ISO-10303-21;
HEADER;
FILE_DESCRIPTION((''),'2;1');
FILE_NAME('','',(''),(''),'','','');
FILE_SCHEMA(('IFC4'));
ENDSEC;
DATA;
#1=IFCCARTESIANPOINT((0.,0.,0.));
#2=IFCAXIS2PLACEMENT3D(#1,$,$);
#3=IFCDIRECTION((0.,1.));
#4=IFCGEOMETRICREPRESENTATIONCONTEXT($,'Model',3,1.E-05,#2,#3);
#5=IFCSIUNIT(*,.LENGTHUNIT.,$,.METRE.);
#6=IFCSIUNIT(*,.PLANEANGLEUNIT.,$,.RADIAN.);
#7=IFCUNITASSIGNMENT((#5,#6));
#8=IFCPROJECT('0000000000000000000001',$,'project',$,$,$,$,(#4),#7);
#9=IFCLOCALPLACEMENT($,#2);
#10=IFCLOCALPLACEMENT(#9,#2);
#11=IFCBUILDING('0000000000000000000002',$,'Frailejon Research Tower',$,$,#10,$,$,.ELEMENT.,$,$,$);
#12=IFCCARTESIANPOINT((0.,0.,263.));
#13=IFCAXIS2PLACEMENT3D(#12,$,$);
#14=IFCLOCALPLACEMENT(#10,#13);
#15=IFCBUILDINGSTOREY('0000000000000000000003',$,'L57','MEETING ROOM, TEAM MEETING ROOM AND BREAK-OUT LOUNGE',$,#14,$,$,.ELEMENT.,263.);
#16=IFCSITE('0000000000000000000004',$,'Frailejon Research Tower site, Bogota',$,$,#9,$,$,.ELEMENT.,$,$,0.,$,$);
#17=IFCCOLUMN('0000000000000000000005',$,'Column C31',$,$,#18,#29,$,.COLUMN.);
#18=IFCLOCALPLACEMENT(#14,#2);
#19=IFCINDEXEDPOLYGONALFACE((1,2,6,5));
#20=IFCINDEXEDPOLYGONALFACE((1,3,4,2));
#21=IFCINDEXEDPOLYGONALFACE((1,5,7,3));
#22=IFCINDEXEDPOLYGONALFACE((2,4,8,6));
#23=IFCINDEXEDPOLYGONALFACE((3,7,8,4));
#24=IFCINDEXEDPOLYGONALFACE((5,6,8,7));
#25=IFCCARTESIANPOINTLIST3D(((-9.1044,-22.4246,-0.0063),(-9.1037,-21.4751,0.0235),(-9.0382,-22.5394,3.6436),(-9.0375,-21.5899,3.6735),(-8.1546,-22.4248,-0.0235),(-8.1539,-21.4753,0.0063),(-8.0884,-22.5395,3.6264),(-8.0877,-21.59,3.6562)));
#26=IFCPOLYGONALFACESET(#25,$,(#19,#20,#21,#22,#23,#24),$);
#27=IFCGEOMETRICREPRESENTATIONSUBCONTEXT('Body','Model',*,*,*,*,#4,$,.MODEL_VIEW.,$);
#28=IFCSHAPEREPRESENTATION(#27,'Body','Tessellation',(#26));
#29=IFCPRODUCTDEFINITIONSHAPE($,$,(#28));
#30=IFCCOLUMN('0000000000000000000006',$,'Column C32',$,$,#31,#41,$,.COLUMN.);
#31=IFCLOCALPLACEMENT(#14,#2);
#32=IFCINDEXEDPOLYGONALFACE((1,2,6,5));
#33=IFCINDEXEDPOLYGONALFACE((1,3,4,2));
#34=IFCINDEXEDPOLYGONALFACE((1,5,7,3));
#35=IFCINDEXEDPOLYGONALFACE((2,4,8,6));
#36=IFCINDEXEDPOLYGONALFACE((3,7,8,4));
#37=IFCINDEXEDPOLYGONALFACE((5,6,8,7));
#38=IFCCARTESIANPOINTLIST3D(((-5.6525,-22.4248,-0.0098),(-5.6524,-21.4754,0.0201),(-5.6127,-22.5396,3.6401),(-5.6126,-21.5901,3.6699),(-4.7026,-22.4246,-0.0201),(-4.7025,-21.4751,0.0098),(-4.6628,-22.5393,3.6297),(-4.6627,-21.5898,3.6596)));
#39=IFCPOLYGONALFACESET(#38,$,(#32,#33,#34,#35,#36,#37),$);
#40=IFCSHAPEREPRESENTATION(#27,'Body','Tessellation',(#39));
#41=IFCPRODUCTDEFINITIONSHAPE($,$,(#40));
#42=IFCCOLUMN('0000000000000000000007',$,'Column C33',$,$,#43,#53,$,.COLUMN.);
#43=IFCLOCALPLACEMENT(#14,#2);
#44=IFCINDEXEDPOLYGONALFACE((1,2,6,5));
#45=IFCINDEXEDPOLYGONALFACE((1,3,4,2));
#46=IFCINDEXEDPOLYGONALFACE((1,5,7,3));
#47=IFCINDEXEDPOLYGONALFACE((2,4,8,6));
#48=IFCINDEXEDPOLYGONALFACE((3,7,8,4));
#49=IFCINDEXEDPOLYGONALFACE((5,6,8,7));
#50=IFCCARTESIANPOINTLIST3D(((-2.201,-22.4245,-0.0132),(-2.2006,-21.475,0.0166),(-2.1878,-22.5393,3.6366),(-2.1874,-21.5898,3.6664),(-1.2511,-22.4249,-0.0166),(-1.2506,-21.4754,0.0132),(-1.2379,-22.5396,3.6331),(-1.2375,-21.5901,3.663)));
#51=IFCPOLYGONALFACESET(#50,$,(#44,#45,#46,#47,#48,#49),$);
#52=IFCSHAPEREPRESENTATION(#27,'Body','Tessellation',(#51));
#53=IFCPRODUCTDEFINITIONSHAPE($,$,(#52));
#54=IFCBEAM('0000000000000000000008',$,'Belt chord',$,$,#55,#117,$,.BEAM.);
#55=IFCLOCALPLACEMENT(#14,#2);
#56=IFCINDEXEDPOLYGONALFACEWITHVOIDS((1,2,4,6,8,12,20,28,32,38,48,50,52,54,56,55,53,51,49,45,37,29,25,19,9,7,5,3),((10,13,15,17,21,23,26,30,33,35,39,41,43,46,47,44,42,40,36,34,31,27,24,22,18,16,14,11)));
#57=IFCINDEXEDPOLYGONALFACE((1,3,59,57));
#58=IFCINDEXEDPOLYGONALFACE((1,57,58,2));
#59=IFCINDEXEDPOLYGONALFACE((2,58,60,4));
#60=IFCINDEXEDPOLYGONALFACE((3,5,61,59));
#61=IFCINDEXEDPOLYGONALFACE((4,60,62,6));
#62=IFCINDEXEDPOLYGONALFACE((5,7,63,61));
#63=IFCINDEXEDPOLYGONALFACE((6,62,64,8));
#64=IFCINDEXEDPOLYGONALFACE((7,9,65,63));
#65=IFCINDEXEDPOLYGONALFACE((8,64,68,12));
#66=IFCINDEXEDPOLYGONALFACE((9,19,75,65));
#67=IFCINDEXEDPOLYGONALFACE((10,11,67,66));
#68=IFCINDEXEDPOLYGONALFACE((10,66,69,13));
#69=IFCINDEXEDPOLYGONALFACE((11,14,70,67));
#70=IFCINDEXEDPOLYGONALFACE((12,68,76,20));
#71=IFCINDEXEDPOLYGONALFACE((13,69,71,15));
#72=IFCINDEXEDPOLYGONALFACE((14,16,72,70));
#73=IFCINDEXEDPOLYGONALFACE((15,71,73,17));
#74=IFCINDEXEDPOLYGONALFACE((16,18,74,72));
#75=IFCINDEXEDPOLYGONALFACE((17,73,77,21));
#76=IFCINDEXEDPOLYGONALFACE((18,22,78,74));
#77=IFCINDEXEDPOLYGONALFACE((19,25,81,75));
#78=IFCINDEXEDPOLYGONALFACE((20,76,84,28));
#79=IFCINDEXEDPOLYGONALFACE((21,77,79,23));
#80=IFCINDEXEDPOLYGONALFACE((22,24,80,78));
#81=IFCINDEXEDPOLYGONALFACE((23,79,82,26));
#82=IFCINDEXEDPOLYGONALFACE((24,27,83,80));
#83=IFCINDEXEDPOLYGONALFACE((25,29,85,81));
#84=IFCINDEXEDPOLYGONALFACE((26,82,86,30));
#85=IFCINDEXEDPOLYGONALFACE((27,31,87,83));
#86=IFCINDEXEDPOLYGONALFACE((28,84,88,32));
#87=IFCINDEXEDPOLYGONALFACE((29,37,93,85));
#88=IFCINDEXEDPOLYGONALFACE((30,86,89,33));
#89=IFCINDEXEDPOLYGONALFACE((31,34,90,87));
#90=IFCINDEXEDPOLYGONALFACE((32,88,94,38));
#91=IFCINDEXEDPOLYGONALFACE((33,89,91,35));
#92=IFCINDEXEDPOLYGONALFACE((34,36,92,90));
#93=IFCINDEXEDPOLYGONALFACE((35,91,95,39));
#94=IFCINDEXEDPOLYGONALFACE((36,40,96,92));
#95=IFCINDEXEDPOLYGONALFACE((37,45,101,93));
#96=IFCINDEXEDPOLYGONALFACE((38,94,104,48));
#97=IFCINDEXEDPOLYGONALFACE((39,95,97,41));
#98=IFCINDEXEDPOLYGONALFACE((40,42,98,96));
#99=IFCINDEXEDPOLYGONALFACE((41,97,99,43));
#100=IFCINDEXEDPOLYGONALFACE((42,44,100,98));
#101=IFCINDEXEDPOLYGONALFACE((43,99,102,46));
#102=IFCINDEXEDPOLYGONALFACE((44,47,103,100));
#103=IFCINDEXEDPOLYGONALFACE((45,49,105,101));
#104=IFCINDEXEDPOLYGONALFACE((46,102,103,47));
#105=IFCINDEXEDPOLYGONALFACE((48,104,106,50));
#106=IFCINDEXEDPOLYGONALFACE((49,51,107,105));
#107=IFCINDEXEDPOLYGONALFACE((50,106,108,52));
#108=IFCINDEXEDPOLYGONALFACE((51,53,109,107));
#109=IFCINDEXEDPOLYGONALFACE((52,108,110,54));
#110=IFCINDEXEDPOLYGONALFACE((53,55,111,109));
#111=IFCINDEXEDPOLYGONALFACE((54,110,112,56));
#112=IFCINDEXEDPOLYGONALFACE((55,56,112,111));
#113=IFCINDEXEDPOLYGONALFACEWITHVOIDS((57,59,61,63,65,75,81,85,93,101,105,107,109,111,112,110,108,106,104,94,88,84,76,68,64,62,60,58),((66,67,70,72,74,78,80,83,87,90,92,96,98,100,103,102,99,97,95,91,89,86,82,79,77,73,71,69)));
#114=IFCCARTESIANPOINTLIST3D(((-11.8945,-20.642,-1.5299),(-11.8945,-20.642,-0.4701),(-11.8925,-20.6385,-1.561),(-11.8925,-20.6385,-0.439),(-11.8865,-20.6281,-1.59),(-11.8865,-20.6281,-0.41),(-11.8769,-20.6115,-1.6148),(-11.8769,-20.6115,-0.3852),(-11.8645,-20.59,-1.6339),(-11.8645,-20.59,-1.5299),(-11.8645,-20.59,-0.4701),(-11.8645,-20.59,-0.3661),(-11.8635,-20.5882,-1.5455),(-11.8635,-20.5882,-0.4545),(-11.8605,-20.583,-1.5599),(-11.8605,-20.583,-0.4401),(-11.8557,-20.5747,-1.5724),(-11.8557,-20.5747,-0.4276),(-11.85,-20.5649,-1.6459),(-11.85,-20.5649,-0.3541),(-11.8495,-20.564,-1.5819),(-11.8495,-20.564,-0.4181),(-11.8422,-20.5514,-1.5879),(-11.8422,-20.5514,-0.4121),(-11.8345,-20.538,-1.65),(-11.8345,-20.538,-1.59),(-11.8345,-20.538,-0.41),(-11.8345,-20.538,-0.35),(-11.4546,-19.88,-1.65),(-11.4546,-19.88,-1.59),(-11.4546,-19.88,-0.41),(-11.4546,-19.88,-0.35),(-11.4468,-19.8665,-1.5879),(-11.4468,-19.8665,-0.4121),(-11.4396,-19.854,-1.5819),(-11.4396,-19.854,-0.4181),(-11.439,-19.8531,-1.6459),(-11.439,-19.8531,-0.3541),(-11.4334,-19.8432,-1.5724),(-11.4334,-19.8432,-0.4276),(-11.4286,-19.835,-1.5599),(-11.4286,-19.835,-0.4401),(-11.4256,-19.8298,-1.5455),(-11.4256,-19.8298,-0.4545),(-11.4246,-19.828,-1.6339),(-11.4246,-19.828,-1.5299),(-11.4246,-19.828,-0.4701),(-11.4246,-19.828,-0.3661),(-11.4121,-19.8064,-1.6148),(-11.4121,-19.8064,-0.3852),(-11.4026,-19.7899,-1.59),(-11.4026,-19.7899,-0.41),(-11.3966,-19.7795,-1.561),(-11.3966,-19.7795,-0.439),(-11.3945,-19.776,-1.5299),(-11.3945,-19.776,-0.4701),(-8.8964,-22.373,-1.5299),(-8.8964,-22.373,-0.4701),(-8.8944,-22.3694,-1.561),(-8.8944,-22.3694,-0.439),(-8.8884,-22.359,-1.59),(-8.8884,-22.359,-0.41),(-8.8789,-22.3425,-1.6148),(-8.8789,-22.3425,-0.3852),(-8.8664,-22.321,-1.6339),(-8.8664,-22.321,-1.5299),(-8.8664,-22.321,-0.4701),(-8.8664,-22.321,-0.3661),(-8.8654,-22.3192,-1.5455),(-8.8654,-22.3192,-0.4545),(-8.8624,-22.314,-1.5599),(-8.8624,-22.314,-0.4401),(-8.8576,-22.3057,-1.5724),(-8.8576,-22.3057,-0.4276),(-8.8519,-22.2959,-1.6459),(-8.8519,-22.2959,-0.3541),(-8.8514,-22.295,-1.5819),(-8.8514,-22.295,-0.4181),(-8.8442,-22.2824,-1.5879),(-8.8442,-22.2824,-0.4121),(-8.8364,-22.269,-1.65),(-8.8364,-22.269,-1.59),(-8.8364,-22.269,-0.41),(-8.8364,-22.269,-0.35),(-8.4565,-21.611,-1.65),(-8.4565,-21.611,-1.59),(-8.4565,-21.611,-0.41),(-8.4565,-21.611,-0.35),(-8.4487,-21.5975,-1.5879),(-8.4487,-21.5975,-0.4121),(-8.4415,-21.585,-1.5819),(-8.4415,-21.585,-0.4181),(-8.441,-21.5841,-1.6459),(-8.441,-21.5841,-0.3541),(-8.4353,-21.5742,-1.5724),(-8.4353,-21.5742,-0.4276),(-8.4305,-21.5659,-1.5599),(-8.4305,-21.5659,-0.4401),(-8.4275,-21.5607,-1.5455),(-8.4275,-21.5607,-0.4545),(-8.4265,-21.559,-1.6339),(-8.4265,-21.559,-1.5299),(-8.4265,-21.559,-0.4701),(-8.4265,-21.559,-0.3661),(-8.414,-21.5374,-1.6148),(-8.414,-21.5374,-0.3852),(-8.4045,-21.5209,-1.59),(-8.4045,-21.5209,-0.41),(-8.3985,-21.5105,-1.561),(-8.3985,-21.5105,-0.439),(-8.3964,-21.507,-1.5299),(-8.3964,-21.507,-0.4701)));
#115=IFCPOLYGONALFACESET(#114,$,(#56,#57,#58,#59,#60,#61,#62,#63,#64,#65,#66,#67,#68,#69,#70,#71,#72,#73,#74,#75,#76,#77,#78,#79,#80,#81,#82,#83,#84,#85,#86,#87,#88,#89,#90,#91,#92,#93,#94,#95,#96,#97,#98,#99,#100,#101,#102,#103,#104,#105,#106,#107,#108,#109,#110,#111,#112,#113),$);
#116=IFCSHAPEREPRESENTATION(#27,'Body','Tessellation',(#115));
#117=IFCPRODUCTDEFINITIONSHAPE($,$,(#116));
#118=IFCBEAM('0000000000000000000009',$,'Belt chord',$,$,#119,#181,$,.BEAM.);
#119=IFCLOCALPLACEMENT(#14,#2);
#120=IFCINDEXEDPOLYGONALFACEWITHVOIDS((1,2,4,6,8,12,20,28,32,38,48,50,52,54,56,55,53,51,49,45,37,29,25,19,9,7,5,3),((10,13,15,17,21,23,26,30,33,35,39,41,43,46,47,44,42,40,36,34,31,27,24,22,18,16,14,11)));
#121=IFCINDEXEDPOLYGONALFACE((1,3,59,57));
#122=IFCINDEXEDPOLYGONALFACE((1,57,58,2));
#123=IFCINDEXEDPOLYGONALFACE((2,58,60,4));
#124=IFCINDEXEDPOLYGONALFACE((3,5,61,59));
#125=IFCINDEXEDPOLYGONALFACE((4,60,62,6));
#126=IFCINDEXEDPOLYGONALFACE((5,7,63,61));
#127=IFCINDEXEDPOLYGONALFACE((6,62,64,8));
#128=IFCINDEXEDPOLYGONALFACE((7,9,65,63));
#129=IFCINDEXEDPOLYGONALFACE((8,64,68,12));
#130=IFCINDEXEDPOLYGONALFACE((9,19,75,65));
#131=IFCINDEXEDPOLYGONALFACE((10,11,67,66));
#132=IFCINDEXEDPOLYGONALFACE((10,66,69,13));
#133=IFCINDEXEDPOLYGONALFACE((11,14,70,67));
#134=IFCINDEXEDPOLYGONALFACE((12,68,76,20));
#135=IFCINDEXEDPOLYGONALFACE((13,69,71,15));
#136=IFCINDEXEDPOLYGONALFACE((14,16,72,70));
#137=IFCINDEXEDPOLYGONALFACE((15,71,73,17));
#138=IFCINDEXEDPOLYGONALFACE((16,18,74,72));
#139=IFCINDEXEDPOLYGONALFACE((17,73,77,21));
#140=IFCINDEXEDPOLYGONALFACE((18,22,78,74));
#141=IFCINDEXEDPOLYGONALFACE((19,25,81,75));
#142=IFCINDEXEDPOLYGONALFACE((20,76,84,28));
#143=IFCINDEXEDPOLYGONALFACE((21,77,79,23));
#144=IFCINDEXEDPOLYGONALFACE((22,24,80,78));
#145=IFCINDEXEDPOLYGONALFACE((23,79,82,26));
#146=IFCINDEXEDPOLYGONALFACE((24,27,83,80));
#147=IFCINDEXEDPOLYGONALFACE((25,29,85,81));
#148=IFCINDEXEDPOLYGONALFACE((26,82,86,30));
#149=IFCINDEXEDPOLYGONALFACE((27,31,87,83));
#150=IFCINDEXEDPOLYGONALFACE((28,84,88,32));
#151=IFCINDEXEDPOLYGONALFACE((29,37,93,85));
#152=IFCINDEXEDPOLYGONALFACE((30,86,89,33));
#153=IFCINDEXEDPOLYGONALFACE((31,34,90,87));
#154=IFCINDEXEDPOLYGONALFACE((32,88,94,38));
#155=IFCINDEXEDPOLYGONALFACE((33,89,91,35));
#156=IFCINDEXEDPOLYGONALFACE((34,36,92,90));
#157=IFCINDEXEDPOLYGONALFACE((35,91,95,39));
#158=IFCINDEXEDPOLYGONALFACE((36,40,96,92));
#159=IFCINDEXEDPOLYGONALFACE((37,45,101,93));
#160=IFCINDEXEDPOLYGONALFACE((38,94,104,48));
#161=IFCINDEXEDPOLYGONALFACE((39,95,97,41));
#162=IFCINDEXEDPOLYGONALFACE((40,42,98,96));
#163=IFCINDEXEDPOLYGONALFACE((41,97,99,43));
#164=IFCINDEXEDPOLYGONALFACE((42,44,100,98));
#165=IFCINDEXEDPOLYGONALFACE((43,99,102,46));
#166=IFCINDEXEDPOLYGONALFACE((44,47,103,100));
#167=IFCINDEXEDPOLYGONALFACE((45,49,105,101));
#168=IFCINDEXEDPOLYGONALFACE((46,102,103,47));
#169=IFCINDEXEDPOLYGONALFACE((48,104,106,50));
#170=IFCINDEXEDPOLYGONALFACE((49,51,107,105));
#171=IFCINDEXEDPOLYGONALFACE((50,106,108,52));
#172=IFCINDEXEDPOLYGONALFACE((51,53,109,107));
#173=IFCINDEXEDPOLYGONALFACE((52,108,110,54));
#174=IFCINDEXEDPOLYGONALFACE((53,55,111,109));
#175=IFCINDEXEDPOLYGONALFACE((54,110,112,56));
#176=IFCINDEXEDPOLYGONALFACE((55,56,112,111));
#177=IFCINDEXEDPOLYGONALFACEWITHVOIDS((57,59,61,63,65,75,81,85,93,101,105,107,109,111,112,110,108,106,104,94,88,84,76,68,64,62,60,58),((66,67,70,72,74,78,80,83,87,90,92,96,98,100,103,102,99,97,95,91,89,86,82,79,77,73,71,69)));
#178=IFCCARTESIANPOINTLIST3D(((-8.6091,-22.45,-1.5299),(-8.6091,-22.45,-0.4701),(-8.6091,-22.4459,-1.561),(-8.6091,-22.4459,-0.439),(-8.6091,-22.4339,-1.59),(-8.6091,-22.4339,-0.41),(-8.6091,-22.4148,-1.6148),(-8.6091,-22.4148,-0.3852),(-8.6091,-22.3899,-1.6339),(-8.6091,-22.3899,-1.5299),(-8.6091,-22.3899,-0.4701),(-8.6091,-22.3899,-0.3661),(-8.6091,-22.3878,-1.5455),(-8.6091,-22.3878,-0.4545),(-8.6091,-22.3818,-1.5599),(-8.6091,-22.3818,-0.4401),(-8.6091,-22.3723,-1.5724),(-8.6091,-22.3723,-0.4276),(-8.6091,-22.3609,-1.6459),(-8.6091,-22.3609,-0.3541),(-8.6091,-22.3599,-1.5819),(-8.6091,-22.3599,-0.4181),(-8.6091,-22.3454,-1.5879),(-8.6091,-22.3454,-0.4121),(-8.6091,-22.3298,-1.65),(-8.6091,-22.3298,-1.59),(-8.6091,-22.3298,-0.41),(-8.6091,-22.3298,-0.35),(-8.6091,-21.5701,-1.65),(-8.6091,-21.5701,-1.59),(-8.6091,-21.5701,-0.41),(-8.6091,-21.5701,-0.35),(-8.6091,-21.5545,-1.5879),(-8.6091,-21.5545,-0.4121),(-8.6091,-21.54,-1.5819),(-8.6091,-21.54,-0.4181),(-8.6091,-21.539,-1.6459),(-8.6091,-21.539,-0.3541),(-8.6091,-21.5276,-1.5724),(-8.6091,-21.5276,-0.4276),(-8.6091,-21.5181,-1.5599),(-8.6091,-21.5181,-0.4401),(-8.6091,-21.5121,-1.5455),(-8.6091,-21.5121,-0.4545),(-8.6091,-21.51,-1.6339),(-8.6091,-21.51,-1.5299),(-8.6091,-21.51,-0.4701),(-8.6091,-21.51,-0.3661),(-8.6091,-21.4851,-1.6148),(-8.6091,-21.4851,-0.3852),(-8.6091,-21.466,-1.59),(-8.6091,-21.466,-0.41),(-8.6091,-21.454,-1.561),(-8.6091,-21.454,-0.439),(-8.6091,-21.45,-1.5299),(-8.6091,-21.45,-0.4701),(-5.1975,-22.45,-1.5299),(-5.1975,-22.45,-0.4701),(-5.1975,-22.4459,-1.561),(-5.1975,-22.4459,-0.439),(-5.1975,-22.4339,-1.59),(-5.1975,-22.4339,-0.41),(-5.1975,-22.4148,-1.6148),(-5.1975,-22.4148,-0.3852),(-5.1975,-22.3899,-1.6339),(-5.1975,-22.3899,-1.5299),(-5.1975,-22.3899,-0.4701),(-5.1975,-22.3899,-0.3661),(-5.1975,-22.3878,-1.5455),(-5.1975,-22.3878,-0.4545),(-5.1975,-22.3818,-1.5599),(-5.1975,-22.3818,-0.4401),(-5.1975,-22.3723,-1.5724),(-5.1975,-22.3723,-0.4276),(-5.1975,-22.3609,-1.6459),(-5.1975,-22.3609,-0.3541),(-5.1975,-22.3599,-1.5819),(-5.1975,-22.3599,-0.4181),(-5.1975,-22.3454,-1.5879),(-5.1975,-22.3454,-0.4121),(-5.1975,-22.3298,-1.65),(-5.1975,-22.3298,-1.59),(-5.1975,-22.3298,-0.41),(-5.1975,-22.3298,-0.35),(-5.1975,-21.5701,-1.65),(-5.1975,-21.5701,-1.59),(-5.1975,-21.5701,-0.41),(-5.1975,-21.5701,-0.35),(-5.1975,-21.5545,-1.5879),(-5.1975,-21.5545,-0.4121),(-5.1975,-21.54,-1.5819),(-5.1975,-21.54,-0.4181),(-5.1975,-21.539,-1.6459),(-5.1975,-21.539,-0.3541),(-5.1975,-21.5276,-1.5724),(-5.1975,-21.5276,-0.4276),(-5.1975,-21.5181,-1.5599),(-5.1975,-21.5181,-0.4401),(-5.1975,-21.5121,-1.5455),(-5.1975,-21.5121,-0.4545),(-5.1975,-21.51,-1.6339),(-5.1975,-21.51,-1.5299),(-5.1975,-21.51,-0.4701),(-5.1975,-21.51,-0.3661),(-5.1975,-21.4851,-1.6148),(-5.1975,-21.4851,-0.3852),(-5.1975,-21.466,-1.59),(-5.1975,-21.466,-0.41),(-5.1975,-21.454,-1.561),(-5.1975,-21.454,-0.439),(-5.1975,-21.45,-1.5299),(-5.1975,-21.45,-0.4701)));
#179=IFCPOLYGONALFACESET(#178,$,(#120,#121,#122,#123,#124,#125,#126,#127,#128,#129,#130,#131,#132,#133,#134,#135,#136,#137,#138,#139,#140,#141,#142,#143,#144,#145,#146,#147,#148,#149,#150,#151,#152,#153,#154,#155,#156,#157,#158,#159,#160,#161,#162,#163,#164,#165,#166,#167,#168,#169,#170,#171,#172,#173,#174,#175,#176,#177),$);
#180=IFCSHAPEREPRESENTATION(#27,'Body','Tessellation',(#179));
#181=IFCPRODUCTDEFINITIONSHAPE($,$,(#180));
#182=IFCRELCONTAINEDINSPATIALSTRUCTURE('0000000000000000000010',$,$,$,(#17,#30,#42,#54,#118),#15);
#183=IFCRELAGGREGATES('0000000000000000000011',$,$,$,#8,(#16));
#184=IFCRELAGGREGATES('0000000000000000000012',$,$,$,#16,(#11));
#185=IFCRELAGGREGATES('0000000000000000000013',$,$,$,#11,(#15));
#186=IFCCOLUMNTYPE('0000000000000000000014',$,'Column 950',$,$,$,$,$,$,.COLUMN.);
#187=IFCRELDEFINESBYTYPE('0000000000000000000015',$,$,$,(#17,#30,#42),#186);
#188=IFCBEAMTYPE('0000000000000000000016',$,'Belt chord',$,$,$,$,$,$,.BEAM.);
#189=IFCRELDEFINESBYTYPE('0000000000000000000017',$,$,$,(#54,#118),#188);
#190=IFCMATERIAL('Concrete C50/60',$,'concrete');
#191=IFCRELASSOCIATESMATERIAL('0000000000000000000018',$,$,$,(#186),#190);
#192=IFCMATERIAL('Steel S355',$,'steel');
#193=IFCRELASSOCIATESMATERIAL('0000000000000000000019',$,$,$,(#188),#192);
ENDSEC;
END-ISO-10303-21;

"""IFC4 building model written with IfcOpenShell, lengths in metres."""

from ifc_helpers import new_model, si_unit, direction, frame, origin, origin_2d, place, context, subcontext, project, spatial, rectangle, hollow_rectangle, extrude, material, material_profile, profile_set, type_object, element, save


model = new_model("IFC4")

# Units and contexts
model_context = context("Model", 3, precision=1e-05, world=origin(), true_north=direction((0.0, 1.0)))
body_context = subcontext(model_context, "Body", "Model", "MODEL_VIEW")
ifc_project = project(units=[si_unit("LENGTHUNIT", "METRE"), si_unit("PLANEANGLEUNIT", "RADIAN")], contexts=[model_context])

# Site, building, storey
site_placement = place(None, origin())
site = spatial("IfcSite", under=ifc_project, at=site_placement, Name="Frailejon Research Tower site, Bogota", CompositionType="ELEMENT", RefElevation=0.0)
building_placement = place(site_placement, origin())
building = spatial("IfcBuilding", under=site, at=building_placement, Name="Frailejon Research Tower", CompositionType="ELEMENT")
storey_placement = place(building_placement, frame((0.0, 0.0, 263.0)))
storey = spatial("IfcBuildingStorey", under=building, at=storey_placement, Name="L57", Description="MEETING ROOM, TEAM MEETING ROOM AND BREAK-OUT LOUNGE", CompositionType="ELEMENT", Elevation=263.0)

# Columns
ifc_material_1 = material(Name="Concrete C50/60", Category="concrete")
ifc_material_profile_1 = material_profile(ifc_material_1, rectangle(XDim=0.95, YDim=0.95, at=origin_2d()), Name="Column 950")
ifc_profile_set_1 = profile_set([ifc_material_profile_1], Name="Concrete C50/60")
column_type = type_object("IfcColumnType", Name="Column 950", PredefinedType="COLUMN", material=ifc_profile_set_1)
column_1_placement = place(storey_placement, frame((-8.6292, -21.95, 0.0), z_axis=(0.018115, -0.031417, 0.999342), x_axis=(0.999836, -0.000157, -0.018129)))
element("IfcColumn", 1, at=column_1_placement, inside=storey, type_object=column_type, Name="Column C31", PredefinedType="COLUMN", context=body_context, shape_type="SweptSolid", body=[
    extrude(rectangle(XDim=0.95, YDim=0.95, at=origin_2d()), origin(), (0.0, 0.0, 1.0), 3.6523),
])
column_2_placement = place(storey_placement, frame((-5.1775, -21.95, 0.0), z_axis=(0.010897, -0.031421, 0.999447), x_axis=(0.999941, 0.000298, -0.010893)))
element("IfcColumn", 2, at=column_2_placement, inside=storey, type_object=column_type, Name="Column C32", PredefinedType="COLUMN", context=body_context, shape_type="SweptSolid", body=[
    extrude(rectangle(XDim=0.95, YDim=0.95, at=origin_2d()), origin(), (0.0, 0.0, 1.0), 3.6519),
])
column_3_placement = place(storey_placement, frame((-1.7258, -21.95, 0.0), z_axis=(0.00361, -0.031422, 0.9995), x_axis=(0.999993, -0.000341, -0.003623)))
element("IfcColumn", 3, at=column_3_placement, inside=storey, type_object=column_type, Name="Column C33", PredefinedType="COLUMN", context=body_context, shape_type="SweptSolid", body=[
    extrude(rectangle(XDim=0.95, YDim=0.95, at=origin_2d()), origin(), (0.0, 0.0, 1.0), 3.6516),
])

# Beams
ifc_material_2 = material(Name="Steel S355", Category="steel")
ifc_material_profile_2 = material_profile(ifc_material_2, hollow_rectangle(XDim=1.0, YDim=1.3, WallThickness=0.0601, InnerFilletRadius=0.0601, OuterFilletRadius=0.1201, at=origin_2d()), Name="Belt chord")
ifc_profile_set_2 = profile_set([ifc_material_profile_2], Name="Steel S355")
beam_type_1 = type_object("IfcBeamType", Name="Belt chord", PredefinedType="BEAM", material=ifc_profile_set_2)
beam_1_placement = place(storey_placement, frame((-11.6445, -20.209, -1.0), z_axis=(0.866021, -0.500007, 0.0), x_axis=(0.500007, 0.866021, 0.0)))
element("IfcBeam", 4, at=beam_1_placement, inside=storey, type_object=beam_type_1, Name="Belt chord", PredefinedType="BEAM", context=body_context, shape_type="SweptSolid", body=[
    extrude(hollow_rectangle(XDim=1.0, YDim=1.3, WallThickness=0.0601, InnerFilletRadius=0.0601, OuterFilletRadius=0.1201, at=origin_2d()), origin(), (0.0, 0.0, 1.0), 3.4619),
])
for number, where, z_axis, x_axis, name in (
    (5, (-8.6091, -21.95, -1.0), (1.0, 0.0, 0.0), (0.0, 1.0, 0.0), "Belt chord"),
):
    element("IfcBeam", number, at=place(storey_placement, frame(where, z_axis=z_axis, x_axis=x_axis)), inside=storey, type_object=beam_type_1, Name=name, PredefinedType="BEAM", context=body_context, shape_type="SweptSolid", body=[
        extrude(hollow_rectangle(XDim=1.0, YDim=1.3, WallThickness=0.0601, InnerFilletRadius=0.0601, OuterFilletRadius=0.1201, at=origin_2d()), origin(), (0.0, 0.0, 1.0), 3.4116),
    ])

save(model, "model.ifc")
